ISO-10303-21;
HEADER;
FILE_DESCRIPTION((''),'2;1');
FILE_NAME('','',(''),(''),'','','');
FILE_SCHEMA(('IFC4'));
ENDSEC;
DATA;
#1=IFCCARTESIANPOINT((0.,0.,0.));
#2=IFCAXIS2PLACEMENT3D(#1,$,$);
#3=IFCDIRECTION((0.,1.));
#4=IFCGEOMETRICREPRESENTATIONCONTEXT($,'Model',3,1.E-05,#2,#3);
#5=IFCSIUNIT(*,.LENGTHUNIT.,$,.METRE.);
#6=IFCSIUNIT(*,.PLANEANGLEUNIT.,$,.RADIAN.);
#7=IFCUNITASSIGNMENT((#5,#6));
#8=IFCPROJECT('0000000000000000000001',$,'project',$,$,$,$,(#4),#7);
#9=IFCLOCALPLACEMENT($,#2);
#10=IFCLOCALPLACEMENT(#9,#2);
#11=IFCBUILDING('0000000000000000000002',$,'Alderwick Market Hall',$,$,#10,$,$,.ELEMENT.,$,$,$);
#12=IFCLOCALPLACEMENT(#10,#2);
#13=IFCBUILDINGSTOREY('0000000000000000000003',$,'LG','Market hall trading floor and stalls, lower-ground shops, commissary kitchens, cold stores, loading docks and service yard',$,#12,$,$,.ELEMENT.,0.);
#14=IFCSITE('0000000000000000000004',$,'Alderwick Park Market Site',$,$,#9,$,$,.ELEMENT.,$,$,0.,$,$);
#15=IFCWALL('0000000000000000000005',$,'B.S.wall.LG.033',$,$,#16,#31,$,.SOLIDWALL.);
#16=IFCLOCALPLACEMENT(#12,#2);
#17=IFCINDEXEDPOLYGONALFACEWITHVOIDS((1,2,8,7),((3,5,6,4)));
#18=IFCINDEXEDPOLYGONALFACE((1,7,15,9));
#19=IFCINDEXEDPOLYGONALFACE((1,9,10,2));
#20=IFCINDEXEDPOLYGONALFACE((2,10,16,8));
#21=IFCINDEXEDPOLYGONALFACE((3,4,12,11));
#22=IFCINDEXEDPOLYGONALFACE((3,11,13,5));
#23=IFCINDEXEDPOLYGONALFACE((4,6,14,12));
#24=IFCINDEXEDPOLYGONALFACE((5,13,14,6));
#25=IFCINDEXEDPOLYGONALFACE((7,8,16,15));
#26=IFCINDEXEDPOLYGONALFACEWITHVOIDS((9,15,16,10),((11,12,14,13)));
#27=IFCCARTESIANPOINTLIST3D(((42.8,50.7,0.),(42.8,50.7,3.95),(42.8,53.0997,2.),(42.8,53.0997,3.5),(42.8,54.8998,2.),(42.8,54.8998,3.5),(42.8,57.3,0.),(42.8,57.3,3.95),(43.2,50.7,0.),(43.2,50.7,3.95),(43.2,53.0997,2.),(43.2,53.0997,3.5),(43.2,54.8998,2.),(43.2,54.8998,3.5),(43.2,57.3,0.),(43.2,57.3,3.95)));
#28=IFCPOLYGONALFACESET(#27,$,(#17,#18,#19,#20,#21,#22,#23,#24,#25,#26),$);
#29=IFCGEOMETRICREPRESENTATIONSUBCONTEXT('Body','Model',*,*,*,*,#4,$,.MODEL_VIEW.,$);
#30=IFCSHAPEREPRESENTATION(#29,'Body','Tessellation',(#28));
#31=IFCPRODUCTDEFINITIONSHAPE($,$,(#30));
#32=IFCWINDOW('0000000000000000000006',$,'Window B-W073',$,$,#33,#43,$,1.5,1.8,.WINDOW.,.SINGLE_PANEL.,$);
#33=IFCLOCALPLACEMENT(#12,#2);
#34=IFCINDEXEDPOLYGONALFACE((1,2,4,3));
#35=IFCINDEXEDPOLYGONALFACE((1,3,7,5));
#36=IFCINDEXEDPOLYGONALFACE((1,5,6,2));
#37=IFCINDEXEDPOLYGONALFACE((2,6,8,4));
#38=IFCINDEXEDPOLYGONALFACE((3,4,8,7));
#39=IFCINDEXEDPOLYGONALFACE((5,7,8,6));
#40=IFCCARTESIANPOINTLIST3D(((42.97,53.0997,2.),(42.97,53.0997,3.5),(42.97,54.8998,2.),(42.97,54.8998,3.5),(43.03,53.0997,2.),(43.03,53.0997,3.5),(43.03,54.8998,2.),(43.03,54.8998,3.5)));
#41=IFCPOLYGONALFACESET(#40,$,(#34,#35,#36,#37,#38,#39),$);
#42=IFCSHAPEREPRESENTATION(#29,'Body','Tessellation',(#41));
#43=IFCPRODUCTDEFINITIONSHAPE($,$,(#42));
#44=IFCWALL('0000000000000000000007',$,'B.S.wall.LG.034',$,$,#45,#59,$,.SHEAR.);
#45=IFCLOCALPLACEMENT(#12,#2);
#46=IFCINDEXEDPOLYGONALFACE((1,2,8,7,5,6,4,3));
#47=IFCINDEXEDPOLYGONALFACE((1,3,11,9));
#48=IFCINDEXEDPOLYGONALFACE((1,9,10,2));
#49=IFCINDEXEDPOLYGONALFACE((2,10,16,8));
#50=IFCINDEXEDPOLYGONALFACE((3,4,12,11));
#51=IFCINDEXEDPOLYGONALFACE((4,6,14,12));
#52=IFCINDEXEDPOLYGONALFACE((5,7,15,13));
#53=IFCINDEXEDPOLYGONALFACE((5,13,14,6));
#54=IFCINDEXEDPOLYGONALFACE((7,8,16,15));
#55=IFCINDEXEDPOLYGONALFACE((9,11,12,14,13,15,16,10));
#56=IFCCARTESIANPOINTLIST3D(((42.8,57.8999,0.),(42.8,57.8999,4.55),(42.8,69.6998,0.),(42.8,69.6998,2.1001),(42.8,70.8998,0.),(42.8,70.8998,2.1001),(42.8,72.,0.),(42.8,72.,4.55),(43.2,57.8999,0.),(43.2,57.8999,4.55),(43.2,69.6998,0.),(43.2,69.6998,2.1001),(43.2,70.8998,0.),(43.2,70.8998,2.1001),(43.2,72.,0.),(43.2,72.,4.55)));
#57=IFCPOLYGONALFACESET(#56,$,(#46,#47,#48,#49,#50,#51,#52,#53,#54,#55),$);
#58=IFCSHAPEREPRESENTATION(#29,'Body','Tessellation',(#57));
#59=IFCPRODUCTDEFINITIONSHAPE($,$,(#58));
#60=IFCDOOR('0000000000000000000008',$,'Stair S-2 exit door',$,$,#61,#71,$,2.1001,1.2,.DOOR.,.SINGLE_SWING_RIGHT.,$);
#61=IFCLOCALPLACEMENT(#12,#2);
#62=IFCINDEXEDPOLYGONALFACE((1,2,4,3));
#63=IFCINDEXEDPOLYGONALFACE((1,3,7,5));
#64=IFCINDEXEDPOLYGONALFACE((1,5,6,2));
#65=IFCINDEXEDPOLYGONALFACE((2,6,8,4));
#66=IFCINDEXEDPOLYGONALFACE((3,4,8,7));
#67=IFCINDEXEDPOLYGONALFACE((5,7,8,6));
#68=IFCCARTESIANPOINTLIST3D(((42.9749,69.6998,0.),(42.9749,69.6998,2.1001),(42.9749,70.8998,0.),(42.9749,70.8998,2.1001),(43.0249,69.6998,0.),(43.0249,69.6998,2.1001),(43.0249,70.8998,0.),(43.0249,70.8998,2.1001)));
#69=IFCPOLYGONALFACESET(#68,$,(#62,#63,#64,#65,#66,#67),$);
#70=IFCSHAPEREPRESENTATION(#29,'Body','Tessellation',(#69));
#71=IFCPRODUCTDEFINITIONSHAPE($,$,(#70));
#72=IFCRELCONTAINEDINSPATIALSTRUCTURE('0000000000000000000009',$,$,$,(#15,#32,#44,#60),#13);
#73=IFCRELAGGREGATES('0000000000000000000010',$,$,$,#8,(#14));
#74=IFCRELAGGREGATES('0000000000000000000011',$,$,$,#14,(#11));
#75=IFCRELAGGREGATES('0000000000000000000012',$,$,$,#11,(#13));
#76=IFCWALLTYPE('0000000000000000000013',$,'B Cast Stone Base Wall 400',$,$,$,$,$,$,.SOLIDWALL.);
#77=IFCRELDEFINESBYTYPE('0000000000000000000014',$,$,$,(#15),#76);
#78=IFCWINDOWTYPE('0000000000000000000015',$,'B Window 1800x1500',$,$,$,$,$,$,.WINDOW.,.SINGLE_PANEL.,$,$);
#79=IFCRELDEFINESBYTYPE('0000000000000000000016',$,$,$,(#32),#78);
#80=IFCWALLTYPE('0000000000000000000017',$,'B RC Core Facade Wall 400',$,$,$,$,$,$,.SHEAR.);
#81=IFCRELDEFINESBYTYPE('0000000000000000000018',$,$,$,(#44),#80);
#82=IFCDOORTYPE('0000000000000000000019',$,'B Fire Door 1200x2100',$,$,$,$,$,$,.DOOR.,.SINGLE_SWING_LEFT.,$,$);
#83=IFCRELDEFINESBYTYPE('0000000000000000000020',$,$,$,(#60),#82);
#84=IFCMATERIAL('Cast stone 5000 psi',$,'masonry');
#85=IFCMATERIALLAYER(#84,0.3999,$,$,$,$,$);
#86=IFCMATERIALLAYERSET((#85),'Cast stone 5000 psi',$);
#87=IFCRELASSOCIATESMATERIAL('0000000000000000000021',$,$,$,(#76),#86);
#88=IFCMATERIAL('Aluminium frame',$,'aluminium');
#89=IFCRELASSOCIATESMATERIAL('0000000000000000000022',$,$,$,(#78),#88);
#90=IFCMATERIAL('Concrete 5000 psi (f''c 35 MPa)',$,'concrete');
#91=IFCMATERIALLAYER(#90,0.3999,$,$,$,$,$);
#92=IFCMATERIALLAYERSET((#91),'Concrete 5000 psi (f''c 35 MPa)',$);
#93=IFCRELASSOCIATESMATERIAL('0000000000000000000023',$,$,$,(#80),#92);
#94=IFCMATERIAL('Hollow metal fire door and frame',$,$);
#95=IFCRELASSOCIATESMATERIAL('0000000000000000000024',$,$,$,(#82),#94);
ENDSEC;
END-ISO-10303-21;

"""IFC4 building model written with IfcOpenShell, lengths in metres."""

from ifc_helpers import new_model, si_unit, direction, frame, frame_2d, origin, place, context, subcontext, project, spatial, rectangle, extrude, material, layer, layer_set, type_object, element, fill, save


model = new_model("IFC4")

# Units and contexts
model_context = context("Model", 3, precision=1e-05, world=origin(), true_north=direction((0.0, 1.0)))
body_context = subcontext(model_context, "Body", "Model", "MODEL_VIEW")
ifc_project = project(units=[si_unit("LENGTHUNIT", "METRE"), si_unit("PLANEANGLEUNIT", "RADIAN")], contexts=[model_context])

# Site, building, storey
site_placement = place(None, origin())
site = spatial("IfcSite", under=ifc_project, at=site_placement, Name="Alderwick Park Market Site", CompositionType="ELEMENT", RefElevation=0.0)
building_placement = place(site_placement, origin())
building = spatial("IfcBuilding", under=site, at=building_placement, Name="Alderwick Market Hall", CompositionType="ELEMENT")
storey_placement = place(building_placement, origin())
storey = spatial("IfcBuildingStorey", under=building, at=storey_placement, Name="LG", Description="Market hall trading floor and stalls, lower-ground shops, commissary kitchens, cold stores, loading docks and service yard", CompositionType="ELEMENT", Elevation=0.0)

# Shared definitions
ifc_material_1 = material(Name="Concrete 5000 psi (f'c 35 MPa)", Category="concrete")

# Shared definitions
ifc_material_2 = material(Name="Cast stone 5000 psi", Category="masonry")

# Wall, opening, window
ifc_layer_1 = layer(ifc_material_2, 0.3999)
ifc_layer_set_1 = layer_set([ifc_layer_1], Name="Cast stone 5000 psi")
wall_type_1 = type_object("IfcWallType", Name="B Cast Stone Base Wall 400", PredefinedType="SOLIDWALL", material=ifc_layer_set_1)
wall_1_placement = place(storey_placement, frame((43.0, 50.7, 0.0), z_axis=(0.0, 0.0, 1.0), x_axis=(0.0, 1.0, 0.0)))
wall_1 = element("IfcWall", 1, at=wall_1_placement, inside=storey, type_object=wall_type_1, Name="B.S.wall.LG.033", PredefinedType="SOLIDWALL", context=body_context, shape_type="SweptSolid", body=[
    extrude(rectangle(XDim=6.6001, YDim=0.3999, at=frame_2d((3.3, 0.0))), origin(), (0.0, 0.0, 1.0), 3.95),
])
opening_1_placement = place(wall_1_placement, frame((2.3999, 0.0, 2.0)))
opening_1 = element("IfcOpeningElement", 2, at=opening_1_placement, cuts=wall_1, PredefinedType="OPENING", context=body_context, shape_type="SweptSolid", body=[
    extrude(rectangle(XDim=1.8, YDim=1.5, at=frame_2d((0.8999, 0.75))), frame((0.0, 0.21, 0.0), z_axis=(0.0, -1.0, 0.0), x_axis=(1.0, 0.0, 0.0)), (0.0, 0.0, 1.0), 0.4199),
])
ifc_material_3 = material(Name="Aluminium frame", Category="aluminium")
window_type = type_object("IfcWindowType", Name="B Window 1800x1500", PartitioningType="SINGLE_PANEL", PredefinedType="WINDOW", material=ifc_material_3)
window_placement = place(opening_1_placement, origin())
window = element("IfcWindow", 3, at=window_placement, inside=storey, type_object=window_type, Name="Window B-W073", OverallHeight=1.5, OverallWidth=1.8, PartitioningType="SINGLE_PANEL", PredefinedType="WINDOW", context=body_context, shape_type="SweptSolid", body=[
    extrude(rectangle(XDim=1.8, YDim=1.5, at=frame_2d((0.8999, 0.75))), frame((0.0, 0.03, 0.0), z_axis=(0.0, -1.0, 0.0), x_axis=(1.0, 0.0, 0.0)), (0.0, 0.0, 1.0), 0.0601),
])
fill(opening_1, window)

# Wall, opening, door
ifc_layer_2 = layer(ifc_material_1, 0.3999)
ifc_layer_set_2 = layer_set([ifc_layer_2], Name="Concrete 5000 psi (f'c 35 MPa)")
wall_type_2 = type_object("IfcWallType", Name="B RC Core Facade Wall 400", PredefinedType="SHEAR", material=ifc_layer_set_2)
wall_2_placement = place(storey_placement, frame((43.0, 57.8999, 0.0), z_axis=(0.0, 0.0, 1.0), x_axis=(0.0, 1.0, 0.0)))
wall_2 = element("IfcWall", 4, at=wall_2_placement, inside=storey, type_object=wall_type_2, Name="B.S.wall.LG.034", PredefinedType="SHEAR", context=body_context, shape_type="SweptSolid", body=[
    extrude(rectangle(XDim=14.1001, YDim=0.3999, at=frame_2d((7.05, 0.0))), origin(), (0.0, 0.0, 1.0), 4.55),
])
opening_2_placement = place(wall_2_placement, frame((13.0, 0.0, 0.0), z_axis=(0.0, 0.0, 1.0), x_axis=(-1.0, 0.0, 0.0)))
opening_2 = element("IfcOpeningElement", 5, at=opening_2_placement, cuts=wall_2, PredefinedType="OPENING", context=body_context, shape_type="SweptSolid", body=[
    extrude(rectangle(XDim=1.2, YDim=2.1001, at=frame_2d((0.6001, 1.05))), frame((0.0, 0.21, 0.0), z_axis=(0.0, -1.0, 0.0), x_axis=(1.0, 0.0, 0.0)), (0.0, 0.0, 1.0), 0.4199),
])
ifc_material_4 = material(Name="Hollow metal fire door and frame")
door_type = type_object("IfcDoorType", Name="B Fire Door 1200x2100", OperationType="SINGLE_SWING_LEFT", PredefinedType="DOOR", material=ifc_material_4)
door_placement = place(opening_2_placement, origin())
door = element("IfcDoor", 6, at=door_placement, inside=storey, type_object=door_type, Name="Stair S-2 exit door", OperationType="SINGLE_SWING_RIGHT", OverallHeight=2.1001, OverallWidth=1.2, PredefinedType="DOOR", context=body_context, shape_type="SweptSolid", body=[
    extrude(rectangle(XDim=1.2, YDim=2.1001, at=frame_2d((0.6001, 1.05))), frame((0.0, 0.0249, 0.0), z_axis=(0.0, -1.0, 0.0), x_axis=(1.0, 0.0, 0.0)), (0.0, 0.0, 1.0), 0.05),
])
fill(opening_2, door)

save(model, "model.ifc")
